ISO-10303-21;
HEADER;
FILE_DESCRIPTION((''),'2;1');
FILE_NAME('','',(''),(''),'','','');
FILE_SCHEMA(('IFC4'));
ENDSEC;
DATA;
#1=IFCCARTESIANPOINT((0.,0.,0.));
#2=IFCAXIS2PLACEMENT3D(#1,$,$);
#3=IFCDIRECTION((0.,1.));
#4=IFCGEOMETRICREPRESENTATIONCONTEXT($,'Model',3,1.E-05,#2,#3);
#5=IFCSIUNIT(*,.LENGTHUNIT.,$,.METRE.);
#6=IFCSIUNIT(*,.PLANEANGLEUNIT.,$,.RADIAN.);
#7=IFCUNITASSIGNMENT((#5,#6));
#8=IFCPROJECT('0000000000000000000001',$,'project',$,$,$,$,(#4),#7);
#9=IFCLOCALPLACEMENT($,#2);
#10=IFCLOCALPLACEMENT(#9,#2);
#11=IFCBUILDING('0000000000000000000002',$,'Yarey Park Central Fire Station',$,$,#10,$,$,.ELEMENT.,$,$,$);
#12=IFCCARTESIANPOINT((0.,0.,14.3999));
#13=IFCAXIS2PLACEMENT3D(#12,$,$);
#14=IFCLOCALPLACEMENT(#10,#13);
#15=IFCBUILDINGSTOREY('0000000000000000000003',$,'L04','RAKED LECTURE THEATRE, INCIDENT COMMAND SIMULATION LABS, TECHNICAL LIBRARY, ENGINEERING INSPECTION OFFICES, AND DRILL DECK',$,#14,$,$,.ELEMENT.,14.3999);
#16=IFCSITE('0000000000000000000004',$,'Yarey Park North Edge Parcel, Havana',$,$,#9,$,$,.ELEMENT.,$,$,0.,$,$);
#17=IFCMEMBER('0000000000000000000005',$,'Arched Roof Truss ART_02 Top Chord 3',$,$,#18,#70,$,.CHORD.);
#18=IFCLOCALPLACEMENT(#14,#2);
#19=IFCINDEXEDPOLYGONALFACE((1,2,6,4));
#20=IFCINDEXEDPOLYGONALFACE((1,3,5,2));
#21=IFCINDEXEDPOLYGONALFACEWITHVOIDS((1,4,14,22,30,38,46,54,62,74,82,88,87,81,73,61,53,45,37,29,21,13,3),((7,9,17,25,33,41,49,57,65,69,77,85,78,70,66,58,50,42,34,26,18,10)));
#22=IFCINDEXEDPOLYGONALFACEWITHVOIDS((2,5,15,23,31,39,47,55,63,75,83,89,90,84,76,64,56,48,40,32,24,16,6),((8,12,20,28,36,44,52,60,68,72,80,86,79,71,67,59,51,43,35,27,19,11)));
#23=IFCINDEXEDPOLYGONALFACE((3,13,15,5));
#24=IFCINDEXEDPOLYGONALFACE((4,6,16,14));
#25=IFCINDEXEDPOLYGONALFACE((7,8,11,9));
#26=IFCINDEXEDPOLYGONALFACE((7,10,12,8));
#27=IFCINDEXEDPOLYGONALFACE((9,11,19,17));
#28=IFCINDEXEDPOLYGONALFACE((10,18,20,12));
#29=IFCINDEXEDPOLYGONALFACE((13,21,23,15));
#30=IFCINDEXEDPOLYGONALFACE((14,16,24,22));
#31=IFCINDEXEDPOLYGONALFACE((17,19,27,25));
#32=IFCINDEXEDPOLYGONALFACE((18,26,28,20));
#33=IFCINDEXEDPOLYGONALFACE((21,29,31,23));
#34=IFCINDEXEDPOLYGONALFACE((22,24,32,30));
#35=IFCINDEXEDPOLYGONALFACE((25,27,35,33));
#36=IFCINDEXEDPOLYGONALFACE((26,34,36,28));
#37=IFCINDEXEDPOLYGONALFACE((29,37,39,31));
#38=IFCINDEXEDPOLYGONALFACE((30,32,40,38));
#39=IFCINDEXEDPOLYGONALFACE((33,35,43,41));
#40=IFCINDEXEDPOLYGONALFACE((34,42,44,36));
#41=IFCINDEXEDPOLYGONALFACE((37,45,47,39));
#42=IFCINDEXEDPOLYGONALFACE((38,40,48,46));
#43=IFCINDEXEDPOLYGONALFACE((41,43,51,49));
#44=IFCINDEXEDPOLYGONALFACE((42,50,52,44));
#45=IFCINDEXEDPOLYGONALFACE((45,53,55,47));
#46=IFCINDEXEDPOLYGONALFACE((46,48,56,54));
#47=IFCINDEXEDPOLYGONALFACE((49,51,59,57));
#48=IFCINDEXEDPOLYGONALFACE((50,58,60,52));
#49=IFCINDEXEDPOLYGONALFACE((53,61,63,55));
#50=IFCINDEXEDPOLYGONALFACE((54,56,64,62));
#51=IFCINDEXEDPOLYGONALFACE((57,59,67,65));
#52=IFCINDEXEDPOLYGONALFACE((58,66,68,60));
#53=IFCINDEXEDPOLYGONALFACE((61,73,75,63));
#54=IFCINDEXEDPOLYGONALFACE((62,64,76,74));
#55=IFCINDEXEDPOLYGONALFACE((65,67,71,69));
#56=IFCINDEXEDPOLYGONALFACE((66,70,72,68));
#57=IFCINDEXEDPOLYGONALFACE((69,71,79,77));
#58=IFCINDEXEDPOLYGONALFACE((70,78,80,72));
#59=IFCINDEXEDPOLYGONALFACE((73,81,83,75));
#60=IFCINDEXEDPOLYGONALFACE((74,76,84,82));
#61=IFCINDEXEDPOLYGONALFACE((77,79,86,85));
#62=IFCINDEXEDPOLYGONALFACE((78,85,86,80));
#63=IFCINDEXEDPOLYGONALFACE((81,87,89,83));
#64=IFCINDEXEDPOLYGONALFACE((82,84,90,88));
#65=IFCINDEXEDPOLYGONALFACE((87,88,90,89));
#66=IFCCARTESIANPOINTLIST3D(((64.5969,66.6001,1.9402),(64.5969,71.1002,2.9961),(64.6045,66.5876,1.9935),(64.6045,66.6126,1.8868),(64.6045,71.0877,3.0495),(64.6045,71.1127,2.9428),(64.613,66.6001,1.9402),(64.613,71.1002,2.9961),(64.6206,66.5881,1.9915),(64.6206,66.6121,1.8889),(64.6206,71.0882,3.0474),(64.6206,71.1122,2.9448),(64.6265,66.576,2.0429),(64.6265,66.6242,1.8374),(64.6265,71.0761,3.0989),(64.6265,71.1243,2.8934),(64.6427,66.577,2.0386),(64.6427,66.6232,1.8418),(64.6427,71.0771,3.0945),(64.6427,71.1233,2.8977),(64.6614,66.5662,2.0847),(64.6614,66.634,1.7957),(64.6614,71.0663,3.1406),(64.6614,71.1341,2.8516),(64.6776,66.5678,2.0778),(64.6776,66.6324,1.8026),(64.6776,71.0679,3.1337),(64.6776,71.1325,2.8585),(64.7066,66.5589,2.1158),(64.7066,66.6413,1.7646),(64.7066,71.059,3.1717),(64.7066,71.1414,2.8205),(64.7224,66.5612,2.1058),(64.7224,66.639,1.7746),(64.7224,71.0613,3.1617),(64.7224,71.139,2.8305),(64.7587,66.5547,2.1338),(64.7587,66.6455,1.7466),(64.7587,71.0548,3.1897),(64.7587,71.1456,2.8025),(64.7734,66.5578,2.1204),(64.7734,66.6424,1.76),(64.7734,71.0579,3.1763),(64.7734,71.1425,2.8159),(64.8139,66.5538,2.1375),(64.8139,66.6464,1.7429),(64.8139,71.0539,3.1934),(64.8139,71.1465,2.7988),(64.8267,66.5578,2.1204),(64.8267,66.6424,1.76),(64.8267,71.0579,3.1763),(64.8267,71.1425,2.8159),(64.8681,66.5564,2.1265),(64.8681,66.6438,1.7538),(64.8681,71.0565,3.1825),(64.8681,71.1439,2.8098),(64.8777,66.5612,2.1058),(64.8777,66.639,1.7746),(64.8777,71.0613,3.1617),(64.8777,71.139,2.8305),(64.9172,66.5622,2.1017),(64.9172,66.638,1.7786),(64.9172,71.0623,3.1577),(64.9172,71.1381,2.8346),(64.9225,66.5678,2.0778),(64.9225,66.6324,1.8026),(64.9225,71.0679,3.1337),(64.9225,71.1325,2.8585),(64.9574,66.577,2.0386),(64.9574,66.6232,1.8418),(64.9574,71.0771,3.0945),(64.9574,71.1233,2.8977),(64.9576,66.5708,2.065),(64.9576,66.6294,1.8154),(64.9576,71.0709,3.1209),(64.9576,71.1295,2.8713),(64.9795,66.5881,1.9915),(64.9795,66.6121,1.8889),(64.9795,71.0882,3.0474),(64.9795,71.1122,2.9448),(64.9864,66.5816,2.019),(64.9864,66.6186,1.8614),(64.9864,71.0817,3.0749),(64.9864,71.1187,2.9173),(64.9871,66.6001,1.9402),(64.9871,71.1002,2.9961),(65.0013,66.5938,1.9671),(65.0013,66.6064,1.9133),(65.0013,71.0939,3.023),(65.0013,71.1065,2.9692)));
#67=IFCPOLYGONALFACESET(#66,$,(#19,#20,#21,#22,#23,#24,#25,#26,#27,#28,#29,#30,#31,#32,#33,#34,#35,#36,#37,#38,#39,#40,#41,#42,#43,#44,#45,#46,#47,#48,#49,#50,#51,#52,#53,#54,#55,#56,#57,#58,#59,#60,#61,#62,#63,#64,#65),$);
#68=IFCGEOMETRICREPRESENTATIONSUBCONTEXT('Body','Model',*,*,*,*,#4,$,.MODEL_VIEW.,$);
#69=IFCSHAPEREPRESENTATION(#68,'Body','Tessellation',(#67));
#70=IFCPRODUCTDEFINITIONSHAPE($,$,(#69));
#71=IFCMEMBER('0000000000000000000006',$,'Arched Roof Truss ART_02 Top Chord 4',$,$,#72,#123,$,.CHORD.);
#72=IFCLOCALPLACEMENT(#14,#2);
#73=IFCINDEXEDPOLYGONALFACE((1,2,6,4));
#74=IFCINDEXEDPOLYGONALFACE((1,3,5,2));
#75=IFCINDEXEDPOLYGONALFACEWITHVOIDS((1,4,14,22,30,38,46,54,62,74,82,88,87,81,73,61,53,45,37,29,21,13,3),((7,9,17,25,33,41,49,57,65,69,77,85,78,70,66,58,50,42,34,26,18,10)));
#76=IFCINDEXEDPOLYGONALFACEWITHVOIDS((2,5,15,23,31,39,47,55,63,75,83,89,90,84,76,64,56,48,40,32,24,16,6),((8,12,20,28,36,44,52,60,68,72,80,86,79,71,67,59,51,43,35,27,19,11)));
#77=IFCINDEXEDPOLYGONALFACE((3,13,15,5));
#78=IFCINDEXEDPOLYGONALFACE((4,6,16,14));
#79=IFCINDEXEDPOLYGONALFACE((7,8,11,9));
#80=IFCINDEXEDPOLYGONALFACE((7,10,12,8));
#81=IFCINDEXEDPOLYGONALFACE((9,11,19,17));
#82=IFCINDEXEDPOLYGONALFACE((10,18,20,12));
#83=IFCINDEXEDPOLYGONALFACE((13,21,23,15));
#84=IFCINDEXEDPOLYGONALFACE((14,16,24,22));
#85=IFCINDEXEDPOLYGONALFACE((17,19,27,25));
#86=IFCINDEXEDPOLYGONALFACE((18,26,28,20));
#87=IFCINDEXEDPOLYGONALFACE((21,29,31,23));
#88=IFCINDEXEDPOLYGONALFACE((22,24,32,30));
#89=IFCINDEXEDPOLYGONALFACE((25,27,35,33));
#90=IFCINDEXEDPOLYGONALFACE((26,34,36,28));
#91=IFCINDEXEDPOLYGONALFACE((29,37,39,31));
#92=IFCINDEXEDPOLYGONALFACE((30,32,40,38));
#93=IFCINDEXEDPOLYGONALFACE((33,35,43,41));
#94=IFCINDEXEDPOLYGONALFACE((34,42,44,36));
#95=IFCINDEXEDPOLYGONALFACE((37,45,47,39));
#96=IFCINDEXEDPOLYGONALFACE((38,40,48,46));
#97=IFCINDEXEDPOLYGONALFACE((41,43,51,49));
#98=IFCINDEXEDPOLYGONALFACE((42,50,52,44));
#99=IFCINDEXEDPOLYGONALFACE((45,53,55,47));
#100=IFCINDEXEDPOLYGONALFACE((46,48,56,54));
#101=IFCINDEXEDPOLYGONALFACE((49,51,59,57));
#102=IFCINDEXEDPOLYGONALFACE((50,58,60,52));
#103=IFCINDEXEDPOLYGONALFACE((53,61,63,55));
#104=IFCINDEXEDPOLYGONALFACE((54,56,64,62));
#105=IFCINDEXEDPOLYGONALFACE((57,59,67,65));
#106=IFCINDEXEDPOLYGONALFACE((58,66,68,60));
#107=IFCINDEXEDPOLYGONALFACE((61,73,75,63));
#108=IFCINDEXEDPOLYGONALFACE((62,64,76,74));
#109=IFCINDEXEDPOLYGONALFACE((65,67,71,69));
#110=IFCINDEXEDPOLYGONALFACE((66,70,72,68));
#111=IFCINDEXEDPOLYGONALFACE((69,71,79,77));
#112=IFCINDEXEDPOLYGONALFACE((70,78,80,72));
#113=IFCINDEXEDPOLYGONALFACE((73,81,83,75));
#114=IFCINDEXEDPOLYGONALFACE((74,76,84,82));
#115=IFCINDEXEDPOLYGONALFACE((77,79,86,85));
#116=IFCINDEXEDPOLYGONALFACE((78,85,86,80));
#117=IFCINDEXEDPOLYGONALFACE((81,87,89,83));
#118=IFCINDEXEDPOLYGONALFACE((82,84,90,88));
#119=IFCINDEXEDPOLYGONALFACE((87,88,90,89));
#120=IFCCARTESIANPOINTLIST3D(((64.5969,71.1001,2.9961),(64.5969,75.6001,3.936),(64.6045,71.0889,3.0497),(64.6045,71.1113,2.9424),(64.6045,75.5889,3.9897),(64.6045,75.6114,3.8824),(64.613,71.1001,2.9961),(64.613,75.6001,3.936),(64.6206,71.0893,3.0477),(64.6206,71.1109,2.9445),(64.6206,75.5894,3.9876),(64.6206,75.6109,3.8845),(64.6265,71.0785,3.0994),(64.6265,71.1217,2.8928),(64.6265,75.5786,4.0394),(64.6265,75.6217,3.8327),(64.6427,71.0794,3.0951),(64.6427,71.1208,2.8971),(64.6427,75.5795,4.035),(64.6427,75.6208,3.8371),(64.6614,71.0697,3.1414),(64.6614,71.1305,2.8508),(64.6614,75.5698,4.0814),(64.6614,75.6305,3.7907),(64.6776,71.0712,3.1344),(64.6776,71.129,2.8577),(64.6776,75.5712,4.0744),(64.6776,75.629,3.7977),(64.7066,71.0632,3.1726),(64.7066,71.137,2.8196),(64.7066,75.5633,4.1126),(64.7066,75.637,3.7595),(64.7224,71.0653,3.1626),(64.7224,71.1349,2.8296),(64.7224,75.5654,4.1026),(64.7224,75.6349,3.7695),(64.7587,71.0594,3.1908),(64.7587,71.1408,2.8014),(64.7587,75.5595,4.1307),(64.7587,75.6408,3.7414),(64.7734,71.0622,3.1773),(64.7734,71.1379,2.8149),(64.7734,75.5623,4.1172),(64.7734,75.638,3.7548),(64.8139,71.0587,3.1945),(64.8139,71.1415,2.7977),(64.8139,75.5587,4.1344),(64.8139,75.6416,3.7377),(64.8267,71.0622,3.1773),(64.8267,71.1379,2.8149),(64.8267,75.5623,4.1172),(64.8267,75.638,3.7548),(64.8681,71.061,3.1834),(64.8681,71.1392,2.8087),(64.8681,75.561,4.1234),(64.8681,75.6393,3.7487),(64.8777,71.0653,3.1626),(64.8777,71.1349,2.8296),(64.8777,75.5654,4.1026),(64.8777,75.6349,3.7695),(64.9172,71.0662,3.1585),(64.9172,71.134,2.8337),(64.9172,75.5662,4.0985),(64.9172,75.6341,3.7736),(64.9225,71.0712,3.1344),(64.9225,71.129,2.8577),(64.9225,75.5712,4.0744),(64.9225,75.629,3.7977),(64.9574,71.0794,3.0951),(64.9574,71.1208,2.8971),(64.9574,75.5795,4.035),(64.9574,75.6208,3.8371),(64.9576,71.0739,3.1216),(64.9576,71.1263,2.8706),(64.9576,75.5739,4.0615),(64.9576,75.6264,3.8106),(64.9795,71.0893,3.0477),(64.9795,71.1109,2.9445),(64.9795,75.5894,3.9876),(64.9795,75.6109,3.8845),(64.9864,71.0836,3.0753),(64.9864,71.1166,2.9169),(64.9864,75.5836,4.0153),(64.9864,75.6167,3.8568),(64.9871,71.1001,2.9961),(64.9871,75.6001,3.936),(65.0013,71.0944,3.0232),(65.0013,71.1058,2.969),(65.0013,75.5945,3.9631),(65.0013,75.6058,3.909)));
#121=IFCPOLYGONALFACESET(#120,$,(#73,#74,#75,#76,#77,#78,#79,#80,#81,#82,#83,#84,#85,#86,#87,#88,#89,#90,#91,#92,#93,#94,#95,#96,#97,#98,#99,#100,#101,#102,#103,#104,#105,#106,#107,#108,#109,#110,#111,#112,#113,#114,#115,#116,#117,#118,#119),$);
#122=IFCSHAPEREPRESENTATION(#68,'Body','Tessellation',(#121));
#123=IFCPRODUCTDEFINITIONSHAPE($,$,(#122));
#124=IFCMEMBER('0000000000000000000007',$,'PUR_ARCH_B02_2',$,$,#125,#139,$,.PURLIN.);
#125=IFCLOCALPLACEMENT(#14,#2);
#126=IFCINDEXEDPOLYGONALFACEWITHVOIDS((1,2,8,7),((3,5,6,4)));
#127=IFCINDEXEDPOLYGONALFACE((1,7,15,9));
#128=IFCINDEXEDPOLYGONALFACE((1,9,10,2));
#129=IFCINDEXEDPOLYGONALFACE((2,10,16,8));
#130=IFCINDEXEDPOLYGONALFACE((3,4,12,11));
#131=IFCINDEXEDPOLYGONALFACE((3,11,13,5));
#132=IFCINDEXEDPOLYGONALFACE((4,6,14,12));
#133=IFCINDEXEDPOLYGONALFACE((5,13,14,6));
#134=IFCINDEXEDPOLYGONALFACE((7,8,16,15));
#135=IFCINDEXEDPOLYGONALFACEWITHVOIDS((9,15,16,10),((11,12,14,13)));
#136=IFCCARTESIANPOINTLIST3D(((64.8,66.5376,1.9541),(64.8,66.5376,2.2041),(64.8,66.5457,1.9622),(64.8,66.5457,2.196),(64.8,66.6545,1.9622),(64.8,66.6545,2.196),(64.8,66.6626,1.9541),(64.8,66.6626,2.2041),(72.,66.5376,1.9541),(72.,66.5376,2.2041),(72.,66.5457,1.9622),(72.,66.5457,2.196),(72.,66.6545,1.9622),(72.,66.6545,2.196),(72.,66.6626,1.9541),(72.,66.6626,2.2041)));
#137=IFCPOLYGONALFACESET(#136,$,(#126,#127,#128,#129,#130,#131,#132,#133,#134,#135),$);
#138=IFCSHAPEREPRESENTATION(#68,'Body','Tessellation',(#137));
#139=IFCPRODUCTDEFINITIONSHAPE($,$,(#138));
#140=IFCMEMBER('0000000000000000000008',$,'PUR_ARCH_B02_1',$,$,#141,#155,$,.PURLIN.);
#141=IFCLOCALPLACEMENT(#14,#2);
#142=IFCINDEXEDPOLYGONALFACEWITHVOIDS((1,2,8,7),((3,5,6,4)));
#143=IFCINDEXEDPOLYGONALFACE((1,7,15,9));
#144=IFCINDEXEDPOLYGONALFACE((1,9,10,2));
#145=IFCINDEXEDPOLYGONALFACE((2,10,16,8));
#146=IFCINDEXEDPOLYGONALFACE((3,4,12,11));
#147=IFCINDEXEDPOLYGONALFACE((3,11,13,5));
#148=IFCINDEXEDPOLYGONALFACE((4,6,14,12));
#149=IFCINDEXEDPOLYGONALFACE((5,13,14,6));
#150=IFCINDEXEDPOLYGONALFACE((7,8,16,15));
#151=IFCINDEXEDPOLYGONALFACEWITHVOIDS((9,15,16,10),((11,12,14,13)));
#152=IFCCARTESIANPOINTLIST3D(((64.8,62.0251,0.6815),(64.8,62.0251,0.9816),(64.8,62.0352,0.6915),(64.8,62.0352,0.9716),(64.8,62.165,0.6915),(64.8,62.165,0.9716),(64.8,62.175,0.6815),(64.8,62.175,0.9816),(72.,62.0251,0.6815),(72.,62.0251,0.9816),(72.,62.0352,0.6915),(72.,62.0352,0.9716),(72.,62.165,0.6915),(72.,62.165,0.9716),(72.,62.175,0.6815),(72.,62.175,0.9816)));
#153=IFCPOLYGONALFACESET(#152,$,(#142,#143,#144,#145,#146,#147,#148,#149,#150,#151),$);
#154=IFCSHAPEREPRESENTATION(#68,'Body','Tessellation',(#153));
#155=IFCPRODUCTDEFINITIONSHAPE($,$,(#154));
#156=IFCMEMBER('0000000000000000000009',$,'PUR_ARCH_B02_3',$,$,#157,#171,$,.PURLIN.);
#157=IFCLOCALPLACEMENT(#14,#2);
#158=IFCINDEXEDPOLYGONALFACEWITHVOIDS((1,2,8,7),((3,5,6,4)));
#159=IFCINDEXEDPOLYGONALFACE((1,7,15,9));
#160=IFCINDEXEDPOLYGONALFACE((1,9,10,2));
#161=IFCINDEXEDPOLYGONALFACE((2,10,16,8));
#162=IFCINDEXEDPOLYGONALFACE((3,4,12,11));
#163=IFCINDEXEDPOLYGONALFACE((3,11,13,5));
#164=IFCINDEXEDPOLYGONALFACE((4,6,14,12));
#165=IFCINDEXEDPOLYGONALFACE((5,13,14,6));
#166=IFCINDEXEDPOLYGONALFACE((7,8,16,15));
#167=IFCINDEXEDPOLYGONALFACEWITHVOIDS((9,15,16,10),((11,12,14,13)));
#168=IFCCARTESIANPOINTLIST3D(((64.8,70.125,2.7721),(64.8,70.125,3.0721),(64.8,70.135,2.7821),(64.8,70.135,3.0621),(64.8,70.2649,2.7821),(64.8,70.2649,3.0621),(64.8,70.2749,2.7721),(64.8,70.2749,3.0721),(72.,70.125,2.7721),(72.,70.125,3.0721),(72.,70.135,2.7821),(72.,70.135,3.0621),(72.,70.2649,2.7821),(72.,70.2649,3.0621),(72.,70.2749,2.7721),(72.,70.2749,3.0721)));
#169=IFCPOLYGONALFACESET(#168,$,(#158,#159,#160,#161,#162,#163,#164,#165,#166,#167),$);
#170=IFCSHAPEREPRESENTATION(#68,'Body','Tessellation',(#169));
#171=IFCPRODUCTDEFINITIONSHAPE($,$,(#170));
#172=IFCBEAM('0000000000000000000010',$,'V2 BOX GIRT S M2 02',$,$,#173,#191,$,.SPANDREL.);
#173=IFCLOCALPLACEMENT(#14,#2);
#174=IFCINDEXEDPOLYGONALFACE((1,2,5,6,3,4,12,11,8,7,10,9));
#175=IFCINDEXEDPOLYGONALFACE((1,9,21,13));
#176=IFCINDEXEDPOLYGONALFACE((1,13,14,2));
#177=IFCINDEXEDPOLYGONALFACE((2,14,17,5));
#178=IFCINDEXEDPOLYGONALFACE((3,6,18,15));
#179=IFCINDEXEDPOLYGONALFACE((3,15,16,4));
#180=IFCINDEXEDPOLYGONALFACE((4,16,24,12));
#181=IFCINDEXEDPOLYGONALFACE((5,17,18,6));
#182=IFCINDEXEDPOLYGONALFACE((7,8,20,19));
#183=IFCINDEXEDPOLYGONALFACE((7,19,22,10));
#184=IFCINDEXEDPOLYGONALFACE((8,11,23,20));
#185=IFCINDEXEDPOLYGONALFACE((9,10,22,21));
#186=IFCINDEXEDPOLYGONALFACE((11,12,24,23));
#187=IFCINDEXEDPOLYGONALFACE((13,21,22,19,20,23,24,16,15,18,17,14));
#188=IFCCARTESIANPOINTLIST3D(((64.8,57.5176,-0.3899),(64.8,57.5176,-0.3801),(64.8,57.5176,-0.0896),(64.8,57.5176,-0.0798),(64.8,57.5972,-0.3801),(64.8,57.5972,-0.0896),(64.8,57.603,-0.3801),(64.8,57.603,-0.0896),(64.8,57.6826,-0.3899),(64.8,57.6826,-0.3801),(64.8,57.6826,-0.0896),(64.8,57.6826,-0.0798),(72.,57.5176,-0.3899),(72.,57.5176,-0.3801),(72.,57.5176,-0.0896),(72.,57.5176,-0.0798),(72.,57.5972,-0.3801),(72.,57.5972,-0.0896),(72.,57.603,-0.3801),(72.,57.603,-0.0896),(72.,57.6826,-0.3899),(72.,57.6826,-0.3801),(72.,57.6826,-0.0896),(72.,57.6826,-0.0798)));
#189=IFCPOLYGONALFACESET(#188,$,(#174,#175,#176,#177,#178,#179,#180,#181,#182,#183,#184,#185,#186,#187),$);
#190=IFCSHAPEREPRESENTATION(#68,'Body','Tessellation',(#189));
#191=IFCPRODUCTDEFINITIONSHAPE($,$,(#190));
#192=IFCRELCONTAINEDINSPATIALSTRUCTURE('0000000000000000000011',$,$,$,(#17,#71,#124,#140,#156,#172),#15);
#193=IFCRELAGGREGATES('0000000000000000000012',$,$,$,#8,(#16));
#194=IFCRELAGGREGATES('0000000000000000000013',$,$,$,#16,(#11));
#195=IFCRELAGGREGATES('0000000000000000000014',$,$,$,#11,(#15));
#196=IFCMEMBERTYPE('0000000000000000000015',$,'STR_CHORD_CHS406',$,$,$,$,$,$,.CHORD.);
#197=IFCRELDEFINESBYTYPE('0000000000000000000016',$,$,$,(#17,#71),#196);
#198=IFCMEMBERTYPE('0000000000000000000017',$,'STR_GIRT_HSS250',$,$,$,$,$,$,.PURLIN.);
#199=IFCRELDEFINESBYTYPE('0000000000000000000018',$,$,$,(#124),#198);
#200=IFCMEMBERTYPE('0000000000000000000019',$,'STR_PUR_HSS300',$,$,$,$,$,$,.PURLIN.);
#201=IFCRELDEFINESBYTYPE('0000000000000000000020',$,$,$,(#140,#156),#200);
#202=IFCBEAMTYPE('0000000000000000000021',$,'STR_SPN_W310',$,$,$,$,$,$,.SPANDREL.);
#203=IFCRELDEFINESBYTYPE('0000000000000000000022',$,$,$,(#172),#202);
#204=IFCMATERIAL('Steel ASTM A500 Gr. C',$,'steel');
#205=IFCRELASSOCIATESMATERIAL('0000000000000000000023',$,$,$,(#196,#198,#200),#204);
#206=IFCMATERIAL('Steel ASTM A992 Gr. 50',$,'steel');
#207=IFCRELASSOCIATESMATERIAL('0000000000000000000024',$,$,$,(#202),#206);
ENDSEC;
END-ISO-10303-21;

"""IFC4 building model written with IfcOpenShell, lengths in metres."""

from ifc_helpers import new_model, si_unit, direction, frame, origin, origin_2d, place, context, subcontext, project, spatial, hollow_rectangle, hollow_circle, i_section, extrude, material, material_profile, profile_set, type_object, element, save


model = new_model("IFC4")

# Units and contexts
model_context = context("Model", 3, precision=1e-05, world=origin(), true_north=direction((0.0, 1.0)))
body_context = subcontext(model_context, "Body", "Model", "MODEL_VIEW")
ifc_project = project(units=[si_unit("LENGTHUNIT", "METRE"), si_unit("PLANEANGLEUNIT", "RADIAN")], contexts=[model_context])

# Site, building, storey
site_placement = place(None, origin())
site = spatial("IfcSite", under=ifc_project, at=site_placement, Name="Yarey Park North Edge Parcel, Havana", CompositionType="ELEMENT", RefElevation=0.0)
building_placement = place(site_placement, origin())
building = spatial("IfcBuilding", under=site, at=building_placement, Name="Yarey Park Central Fire Station", CompositionType="ELEMENT")
storey_placement = place(building_placement, frame((0.0, 0.0, 14.3999)))
storey = spatial("IfcBuildingStorey", under=building, at=storey_placement, Name="L04", Description="RAKED LECTURE THEATRE, INCIDENT COMMAND SIMULATION LABS, TECHNICAL LIBRARY, ENGINEERING INSPECTION OFFICES, AND DRILL DECK", CompositionType="ELEMENT", Elevation=14.3999)

# Shared definitions
ifc_material_1 = material(Name="Steel ASTM A992 Gr. 50", Category="steel")

# Members
ifc_material_2 = material(Name="Steel ASTM A500 Gr. C", Category="steel")
ifc_material_profile_1 = material_profile(ifc_material_2, hollow_circle(Radius=0.2031, WallThickness=0.0161, at=origin_2d()), Name="CHS 406.4x16")
ifc_profile_set_1 = profile_set([ifc_material_profile_1], Name="Steel ASTM A500 Gr. C")
member_type_1 = type_object("IfcMemberType", Name="STR_CHORD_CHS406", PredefinedType="CHORD", material=ifc_profile_set_1)
member_1_placement = place(storey_placement, frame((64.8, 66.6001, 1.9402), z_axis=(0.0, 0.973558, 0.228442), x_axis=(-1.0, 0.0, 0.0)))
element("IfcMember", 1, at=member_1_placement, inside=storey, type_object=member_type_1, Name="Arched Roof Truss ART_02 Top Chord 3", PredefinedType="CHORD", context=body_context, shape_type="SweptSolid", body=[
    extrude(hollow_circle(Radius=0.2031, WallThickness=0.0161, at=origin_2d()), origin(), (0.0, 0.0, 1.0), 4.6223),
])
member_2_placement = place(storey_placement, frame((64.8, 71.1001, 2.9961), z_axis=(0.0, 0.978874, 0.204463), x_axis=(-1.0, 0.0, 0.0)))
element("IfcMember", 2, at=member_2_placement, inside=storey, type_object=member_type_1, Name="Arched Roof Truss ART_02 Top Chord 4", PredefinedType="CHORD", context=body_context, shape_type="SweptSolid", body=[
    extrude(hollow_circle(Radius=0.2031, WallThickness=0.0161, at=origin_2d()), origin(), (0.0, 0.0, 1.0), 4.5972),
])
ifc_material_profile_2 = material_profile(ifc_material_2, hollow_rectangle(XDim=0.125, YDim=0.25, WallThickness=0.0081, at=origin_2d()), Name="HSS 250x125x8")
ifc_profile_set_2 = profile_set([ifc_material_profile_2], Name="Steel ASTM A500 Gr. C")
member_type_2 = type_object("IfcMemberType", Name="STR_GIRT_HSS250", PredefinedType="PURLIN", material=ifc_profile_set_2)
member_3_placement = place(storey_placement, frame((64.8, 66.6001, 2.0791), z_axis=(1.0, 0.0, 0.0), x_axis=(0.0, 1.0, 0.0)))
element("IfcMember", 3, at=member_3_placement, inside=storey, type_object=member_type_2, Name="PUR_ARCH_B02_2", PredefinedType="PURLIN", context=body_context, shape_type="SweptSolid", body=[
    extrude(hollow_rectangle(XDim=0.125, YDim=0.25, WallThickness=0.0081, at=origin_2d()), origin(), (0.0, 0.0, 1.0), 7.2),
])
ifc_material_profile_3 = material_profile(ifc_material_2, hollow_rectangle(XDim=0.1499, YDim=0.3, WallThickness=0.01, at=origin_2d()), Name="HSS 300x150x10")
ifc_profile_set_3 = profile_set([ifc_material_profile_3], Name="Steel ASTM A500 Gr. C")
member_type_3 = type_object("IfcMemberType", Name="STR_PUR_HSS300", PredefinedType="PURLIN", material=ifc_profile_set_3)
for number, where, z_axis, x_axis, name in (
    (4, (64.8, 62.1001, 0.8315), (1.0, 0.0, 0.0), (0.0, 1.0, 0.0), "PUR_ARCH_B02_1"),
    (5, (64.8, 70.2, 2.9221), (1.0, 0.0, 0.0), (0.0, 1.0, 0.0), "PUR_ARCH_B02_3"),
):
    element("IfcMember", number, at=place(storey_placement, frame(where, z_axis=z_axis, x_axis=x_axis)), inside=storey, type_object=member_type_3, Name=name, PredefinedType="PURLIN", context=body_context, shape_type="SweptSolid", body=[
        extrude(hollow_rectangle(XDim=0.1499, YDim=0.3, WallThickness=0.01, at=origin_2d()), origin(), (0.0, 0.0, 1.0), 7.2),
    ])

# Beam
ifc_material_profile_4 = material_profile(ifc_material_1, i_section(OverallWidth=0.165, OverallDepth=0.3101, WebThickness=0.0059, FlangeThickness=0.0098, at=origin_2d()), Name="W310x39")
ifc_profile_set_4 = profile_set([ifc_material_profile_4], Name="Steel ASTM A992 Gr. 50")
beam_type = type_object("IfcBeamType", Name="STR_SPN_W310", PredefinedType="SPANDREL", material=ifc_profile_set_4)
beam_placement = place(storey_placement, frame((64.8, 57.6001, -0.2349), z_axis=(1.0, 0.0, 0.0), x_axis=(0.0, 1.0, 0.0)))
element("IfcBeam", 6, at=beam_placement, inside=storey, type_object=beam_type, Name="V2 BOX GIRT S M2 02", PredefinedType="SPANDREL", context=body_context, shape_type="SweptSolid", body=[
    extrude(i_section(OverallWidth=0.165, OverallDepth=0.3101, WebThickness=0.0059, FlangeThickness=0.0098, at=origin_2d()), origin(), (0.0, 0.0, 1.0), 7.2),
])

save(model, "model.ifc")
